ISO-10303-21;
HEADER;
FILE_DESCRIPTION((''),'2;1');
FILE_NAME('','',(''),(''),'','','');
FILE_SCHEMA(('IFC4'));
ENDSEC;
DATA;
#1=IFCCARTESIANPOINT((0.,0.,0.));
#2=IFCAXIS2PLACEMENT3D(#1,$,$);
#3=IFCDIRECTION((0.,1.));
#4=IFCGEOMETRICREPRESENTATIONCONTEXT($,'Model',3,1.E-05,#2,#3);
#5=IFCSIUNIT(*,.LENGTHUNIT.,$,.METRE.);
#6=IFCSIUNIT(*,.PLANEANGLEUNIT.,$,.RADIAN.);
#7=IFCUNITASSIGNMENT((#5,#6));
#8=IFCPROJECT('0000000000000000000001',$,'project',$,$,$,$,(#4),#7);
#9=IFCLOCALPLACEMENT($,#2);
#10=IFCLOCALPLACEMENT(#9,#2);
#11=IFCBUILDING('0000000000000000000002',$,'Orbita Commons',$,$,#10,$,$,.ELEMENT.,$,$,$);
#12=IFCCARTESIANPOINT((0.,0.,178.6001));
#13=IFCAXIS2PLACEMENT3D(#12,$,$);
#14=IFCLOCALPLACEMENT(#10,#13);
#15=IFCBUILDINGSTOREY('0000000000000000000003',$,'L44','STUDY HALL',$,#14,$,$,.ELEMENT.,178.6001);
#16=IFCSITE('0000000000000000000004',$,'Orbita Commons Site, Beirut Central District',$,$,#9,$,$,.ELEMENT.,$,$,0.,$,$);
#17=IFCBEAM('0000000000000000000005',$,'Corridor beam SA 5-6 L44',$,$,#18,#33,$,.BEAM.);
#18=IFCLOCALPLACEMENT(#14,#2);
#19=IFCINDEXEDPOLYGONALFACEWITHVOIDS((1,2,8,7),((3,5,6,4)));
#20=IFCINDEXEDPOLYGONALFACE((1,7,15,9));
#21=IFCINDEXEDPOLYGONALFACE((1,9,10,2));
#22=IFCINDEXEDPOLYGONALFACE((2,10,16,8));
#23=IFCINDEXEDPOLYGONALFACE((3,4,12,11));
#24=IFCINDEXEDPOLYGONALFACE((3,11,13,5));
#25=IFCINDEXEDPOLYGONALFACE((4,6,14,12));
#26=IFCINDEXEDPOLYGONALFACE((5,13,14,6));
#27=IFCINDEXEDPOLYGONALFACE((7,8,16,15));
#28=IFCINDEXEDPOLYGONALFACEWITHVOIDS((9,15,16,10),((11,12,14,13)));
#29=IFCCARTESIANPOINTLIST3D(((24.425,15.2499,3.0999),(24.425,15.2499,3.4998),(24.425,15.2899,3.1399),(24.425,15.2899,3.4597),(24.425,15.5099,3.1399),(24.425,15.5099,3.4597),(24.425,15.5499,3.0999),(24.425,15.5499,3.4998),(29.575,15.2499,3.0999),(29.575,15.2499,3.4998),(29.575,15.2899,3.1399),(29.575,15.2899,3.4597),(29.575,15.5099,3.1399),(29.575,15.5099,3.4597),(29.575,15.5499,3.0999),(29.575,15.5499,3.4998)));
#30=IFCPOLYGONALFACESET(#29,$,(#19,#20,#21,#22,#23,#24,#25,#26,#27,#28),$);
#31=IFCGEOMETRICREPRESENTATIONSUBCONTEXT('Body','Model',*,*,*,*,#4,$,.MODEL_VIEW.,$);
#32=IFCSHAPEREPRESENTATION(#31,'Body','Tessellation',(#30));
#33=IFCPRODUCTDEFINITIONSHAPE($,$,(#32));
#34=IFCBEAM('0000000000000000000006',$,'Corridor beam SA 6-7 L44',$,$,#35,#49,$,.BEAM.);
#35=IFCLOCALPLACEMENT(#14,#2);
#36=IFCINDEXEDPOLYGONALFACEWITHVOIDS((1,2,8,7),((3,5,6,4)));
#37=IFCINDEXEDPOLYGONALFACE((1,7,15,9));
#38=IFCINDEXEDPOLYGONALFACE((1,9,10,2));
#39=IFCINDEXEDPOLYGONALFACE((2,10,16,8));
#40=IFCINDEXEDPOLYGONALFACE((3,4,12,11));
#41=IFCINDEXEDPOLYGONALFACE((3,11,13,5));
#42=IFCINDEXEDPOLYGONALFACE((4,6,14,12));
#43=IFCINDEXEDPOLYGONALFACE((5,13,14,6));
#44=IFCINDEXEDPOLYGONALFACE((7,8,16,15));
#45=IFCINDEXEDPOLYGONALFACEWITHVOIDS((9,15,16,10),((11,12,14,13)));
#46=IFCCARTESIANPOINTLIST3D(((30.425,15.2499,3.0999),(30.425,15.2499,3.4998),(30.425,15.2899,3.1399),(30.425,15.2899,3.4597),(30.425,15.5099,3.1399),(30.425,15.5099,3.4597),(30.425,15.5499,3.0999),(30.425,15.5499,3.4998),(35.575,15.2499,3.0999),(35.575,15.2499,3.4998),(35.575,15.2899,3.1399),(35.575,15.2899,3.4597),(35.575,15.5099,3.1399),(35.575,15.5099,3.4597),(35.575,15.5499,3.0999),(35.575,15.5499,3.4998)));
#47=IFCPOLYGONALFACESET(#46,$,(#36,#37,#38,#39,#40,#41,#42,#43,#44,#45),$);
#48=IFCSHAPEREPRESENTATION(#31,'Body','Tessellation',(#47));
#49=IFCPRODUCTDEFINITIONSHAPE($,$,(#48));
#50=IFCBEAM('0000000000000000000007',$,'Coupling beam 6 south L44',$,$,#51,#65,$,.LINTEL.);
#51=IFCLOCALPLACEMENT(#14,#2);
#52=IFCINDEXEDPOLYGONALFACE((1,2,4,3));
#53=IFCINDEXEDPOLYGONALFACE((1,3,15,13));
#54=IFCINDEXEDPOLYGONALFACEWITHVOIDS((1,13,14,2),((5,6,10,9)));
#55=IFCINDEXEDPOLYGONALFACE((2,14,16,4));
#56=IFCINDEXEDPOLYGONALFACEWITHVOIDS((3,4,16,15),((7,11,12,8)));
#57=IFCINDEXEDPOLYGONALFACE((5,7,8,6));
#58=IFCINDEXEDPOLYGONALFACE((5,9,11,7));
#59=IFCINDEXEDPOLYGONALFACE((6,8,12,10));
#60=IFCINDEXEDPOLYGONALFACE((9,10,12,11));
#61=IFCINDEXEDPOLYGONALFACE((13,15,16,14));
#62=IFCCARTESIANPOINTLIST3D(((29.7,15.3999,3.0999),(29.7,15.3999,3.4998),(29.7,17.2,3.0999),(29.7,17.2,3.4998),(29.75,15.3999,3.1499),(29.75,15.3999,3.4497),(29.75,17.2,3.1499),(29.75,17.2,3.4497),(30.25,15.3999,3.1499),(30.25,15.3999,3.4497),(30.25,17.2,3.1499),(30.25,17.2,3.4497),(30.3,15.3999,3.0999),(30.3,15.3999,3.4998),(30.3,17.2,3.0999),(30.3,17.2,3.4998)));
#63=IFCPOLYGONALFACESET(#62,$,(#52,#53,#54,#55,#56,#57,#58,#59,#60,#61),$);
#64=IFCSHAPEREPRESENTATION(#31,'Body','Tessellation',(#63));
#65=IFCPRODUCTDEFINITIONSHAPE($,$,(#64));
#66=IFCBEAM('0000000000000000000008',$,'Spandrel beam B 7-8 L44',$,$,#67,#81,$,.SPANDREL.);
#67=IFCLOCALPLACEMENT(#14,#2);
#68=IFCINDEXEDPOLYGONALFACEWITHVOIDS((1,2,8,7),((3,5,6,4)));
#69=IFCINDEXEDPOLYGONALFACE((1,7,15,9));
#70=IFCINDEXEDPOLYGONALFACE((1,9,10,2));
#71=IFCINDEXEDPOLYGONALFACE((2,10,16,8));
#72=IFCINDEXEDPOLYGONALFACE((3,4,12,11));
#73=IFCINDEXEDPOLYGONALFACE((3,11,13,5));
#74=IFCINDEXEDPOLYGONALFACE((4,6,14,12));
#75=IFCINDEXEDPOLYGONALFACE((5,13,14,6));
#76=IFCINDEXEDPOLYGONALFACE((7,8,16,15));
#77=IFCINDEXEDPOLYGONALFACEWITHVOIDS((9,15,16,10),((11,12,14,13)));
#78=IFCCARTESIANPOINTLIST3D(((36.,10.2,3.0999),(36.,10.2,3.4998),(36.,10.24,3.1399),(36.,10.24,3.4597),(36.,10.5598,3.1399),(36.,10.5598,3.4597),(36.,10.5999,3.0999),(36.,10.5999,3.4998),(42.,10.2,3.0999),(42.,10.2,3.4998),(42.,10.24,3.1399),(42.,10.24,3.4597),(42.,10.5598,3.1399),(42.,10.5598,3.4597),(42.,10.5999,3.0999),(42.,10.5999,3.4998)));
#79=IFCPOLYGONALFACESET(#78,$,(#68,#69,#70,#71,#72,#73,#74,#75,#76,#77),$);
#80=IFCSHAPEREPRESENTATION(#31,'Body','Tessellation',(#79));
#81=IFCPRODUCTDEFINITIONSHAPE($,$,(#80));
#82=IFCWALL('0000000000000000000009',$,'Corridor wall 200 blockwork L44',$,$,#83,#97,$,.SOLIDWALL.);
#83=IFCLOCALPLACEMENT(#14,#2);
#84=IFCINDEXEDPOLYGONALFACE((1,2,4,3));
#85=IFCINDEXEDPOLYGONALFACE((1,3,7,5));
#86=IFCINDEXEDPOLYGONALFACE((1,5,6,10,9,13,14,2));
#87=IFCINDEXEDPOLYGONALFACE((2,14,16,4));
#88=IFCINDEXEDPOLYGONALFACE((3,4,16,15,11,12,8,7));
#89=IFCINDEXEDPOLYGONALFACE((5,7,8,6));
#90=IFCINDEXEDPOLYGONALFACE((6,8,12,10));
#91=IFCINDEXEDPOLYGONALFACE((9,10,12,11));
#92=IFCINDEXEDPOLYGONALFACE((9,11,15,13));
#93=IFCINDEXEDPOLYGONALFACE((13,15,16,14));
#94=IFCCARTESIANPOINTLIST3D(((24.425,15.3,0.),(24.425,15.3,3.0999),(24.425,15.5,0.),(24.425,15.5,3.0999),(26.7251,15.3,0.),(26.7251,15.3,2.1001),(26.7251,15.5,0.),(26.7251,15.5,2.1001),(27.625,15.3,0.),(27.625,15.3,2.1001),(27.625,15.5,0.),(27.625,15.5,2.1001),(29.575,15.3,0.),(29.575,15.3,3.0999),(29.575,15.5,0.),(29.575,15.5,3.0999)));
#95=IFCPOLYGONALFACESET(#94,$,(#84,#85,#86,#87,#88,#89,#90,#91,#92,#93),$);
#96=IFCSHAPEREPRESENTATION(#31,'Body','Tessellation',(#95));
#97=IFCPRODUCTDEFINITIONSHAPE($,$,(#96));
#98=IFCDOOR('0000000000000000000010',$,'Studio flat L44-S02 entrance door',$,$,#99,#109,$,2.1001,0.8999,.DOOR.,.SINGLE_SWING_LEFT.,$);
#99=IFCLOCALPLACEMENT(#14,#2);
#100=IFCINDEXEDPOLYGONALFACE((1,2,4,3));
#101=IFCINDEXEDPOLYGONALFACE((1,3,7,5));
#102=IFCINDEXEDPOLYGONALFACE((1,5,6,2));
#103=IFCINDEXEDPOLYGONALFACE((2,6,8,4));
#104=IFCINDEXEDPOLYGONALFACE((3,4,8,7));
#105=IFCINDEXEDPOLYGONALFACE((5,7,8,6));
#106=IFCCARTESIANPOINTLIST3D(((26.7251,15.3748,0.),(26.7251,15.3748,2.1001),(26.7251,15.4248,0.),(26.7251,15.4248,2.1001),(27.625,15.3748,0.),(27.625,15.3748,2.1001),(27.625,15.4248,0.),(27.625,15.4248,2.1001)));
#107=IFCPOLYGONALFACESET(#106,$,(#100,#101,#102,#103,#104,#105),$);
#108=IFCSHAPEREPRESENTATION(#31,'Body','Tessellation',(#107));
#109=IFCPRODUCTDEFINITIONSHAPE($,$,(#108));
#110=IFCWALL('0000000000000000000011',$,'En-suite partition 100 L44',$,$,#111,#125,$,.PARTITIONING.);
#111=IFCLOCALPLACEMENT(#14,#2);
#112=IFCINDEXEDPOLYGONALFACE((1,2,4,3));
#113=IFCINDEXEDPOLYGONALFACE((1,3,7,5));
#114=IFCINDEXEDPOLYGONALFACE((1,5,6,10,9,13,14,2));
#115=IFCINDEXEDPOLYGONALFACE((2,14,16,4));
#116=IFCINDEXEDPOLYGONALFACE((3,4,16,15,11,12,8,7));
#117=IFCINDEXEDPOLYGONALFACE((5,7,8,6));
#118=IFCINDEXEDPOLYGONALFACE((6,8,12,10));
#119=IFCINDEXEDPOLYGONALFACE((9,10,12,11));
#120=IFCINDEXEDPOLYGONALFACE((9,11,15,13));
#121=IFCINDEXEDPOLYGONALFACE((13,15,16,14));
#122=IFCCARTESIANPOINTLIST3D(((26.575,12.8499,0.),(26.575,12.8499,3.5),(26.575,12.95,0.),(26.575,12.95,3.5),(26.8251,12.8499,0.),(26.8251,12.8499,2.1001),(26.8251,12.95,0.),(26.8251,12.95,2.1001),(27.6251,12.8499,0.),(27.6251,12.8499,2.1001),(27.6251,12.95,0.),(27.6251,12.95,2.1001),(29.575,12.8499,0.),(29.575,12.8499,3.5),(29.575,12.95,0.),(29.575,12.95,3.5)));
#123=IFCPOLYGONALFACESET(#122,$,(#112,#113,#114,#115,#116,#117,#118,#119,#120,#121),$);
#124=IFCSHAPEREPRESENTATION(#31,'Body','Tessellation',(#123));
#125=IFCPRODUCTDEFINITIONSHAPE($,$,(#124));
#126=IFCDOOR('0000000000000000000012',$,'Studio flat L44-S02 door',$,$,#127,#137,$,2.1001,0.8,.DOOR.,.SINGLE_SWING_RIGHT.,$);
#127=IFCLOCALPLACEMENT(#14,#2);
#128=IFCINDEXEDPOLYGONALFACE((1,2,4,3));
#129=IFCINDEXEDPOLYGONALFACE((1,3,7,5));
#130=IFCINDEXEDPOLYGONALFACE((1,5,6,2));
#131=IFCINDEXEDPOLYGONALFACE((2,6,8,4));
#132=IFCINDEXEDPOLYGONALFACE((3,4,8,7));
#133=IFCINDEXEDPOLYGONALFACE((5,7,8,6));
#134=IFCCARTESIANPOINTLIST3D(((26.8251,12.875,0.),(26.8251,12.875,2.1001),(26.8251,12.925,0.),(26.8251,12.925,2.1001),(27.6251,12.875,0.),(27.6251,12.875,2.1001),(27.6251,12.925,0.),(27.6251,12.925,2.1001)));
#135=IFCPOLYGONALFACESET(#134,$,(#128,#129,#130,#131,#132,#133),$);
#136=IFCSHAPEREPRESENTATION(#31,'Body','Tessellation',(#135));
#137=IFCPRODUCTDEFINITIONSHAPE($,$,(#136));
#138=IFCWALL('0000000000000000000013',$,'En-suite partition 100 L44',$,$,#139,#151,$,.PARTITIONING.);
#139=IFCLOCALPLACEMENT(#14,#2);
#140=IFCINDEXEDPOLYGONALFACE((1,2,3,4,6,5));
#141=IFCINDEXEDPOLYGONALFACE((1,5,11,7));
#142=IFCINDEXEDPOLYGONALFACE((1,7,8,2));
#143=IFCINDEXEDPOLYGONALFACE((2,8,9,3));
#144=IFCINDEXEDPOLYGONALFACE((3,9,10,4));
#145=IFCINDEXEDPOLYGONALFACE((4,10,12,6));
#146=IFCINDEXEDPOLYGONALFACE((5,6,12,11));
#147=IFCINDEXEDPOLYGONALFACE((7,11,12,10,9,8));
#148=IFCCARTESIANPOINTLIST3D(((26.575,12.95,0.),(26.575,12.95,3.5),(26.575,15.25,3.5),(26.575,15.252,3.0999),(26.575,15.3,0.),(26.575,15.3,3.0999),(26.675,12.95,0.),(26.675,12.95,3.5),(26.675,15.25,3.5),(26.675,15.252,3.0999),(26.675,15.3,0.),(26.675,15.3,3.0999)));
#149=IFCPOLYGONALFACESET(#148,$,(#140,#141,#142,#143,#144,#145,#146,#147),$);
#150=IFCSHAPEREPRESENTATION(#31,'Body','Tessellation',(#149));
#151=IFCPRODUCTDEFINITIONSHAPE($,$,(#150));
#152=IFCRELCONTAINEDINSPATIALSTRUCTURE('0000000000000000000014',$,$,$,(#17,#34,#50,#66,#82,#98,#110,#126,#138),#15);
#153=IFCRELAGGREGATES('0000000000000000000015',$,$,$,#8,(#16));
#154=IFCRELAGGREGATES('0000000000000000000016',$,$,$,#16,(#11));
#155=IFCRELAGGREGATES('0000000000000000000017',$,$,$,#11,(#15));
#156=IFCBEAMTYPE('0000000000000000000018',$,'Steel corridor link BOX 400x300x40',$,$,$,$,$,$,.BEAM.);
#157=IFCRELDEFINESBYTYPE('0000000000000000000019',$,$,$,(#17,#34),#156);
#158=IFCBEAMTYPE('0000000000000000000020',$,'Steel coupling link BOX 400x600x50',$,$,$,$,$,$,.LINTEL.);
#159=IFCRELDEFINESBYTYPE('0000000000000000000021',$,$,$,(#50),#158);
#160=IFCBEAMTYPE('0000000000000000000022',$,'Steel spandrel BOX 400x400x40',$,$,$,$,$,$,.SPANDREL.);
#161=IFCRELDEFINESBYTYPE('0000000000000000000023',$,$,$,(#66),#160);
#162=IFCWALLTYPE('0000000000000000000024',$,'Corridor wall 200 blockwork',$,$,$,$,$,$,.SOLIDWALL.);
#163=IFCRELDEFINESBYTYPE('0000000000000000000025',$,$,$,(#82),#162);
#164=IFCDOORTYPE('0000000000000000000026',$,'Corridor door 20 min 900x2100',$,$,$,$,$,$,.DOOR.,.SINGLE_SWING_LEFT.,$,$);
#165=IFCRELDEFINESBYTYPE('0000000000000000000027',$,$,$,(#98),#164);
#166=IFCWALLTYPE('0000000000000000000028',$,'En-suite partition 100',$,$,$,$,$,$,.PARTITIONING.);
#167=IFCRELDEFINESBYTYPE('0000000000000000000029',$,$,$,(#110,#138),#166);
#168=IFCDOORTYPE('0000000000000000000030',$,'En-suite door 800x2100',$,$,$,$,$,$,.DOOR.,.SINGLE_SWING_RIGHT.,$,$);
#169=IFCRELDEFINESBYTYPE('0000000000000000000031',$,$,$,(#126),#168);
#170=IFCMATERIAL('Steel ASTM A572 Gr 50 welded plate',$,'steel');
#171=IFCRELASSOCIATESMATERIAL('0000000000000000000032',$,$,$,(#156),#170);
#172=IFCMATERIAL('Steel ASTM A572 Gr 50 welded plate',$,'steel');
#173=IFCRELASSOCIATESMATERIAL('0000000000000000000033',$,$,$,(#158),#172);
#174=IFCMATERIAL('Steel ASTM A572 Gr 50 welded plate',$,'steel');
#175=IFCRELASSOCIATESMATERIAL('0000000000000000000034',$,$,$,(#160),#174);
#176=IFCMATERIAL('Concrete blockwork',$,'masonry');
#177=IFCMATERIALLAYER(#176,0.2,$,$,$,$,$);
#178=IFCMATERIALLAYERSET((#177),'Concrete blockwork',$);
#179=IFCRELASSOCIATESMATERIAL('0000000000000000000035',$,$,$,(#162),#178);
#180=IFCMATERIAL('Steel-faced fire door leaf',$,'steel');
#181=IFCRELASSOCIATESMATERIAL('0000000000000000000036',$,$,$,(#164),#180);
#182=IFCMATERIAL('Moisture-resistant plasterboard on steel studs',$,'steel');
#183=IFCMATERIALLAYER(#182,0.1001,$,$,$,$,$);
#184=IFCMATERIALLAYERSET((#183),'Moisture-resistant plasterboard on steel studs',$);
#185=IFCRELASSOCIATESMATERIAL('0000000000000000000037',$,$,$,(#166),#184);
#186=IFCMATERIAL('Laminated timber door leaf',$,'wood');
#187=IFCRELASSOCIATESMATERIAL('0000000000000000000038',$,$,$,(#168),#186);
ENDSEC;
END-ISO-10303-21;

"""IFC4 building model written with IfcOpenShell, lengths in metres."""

from ifc_helpers import new_model, si_unit, direction, frame, frame_2d, origin, origin_2d, place, context, subcontext, project, spatial, polyline, rectangle, hollow_rectangle, outline, extrude, material, layer, layer_set, material_profile, profile_set, type_object, element, fill, save


model = new_model("IFC4")

# Units and contexts
model_context = context("Model", 3, precision=1e-05, world=origin(), true_north=direction((0.0, 1.0)))
body_context = subcontext(model_context, "Body", "Model", "MODEL_VIEW")
ifc_project = project(units=[si_unit("LENGTHUNIT", "METRE"), si_unit("PLANEANGLEUNIT", "RADIAN")], contexts=[model_context])

# Site, building, storey
site_placement = place(None, origin())
site = spatial("IfcSite", under=ifc_project, at=site_placement, Name="Orbita Commons Site, Beirut Central District", CompositionType="ELEMENT", RefElevation=0.0)
building_placement = place(site_placement, origin())
building = spatial("IfcBuilding", under=site, at=building_placement, Name="Orbita Commons", CompositionType="ELEMENT")
storey_placement = place(building_placement, frame((0.0, 0.0, 178.6001)))
storey = spatial("IfcBuildingStorey", under=building, at=storey_placement, Name="L44", Description="STUDY HALL", CompositionType="ELEMENT", Elevation=178.6001)

# Beams
ifc_material_1 = material(Name="Steel ASTM A572 Gr 50 welded plate", Category="steel")
ifc_material_profile_1 = material_profile(ifc_material_1, hollow_rectangle(XDim=0.3, YDim=0.3999, WallThickness=0.04, at=origin_2d()), Name="BOX 400x300x40")
ifc_profile_set_1 = profile_set([ifc_material_profile_1], Name="Steel ASTM A572 Gr 50 welded plate")
beam_type_1 = type_object("IfcBeamType", Name="Steel corridor link BOX 400x300x40", PredefinedType="BEAM", material=ifc_profile_set_1)
for number, where, z_axis, x_axis, name in (
    (1, (24.425, 15.3999, 3.2998), (1.0, 0.0, 0.0), (0.0, 1.0, 0.0), "Corridor beam SA 5-6 L44"),
    (2, (30.425, 15.3999, 3.2998), (1.0, 0.0, 0.0), (0.0, 1.0, 0.0), "Corridor beam SA 6-7 L44"),
):
    element("IfcBeam", number, at=place(storey_placement, frame(where, z_axis=z_axis, x_axis=x_axis)), inside=storey, type_object=beam_type_1, Name=name, PredefinedType="BEAM", context=body_context, shape_type="SweptSolid", body=[
        extrude(hollow_rectangle(XDim=0.3, YDim=0.3999, WallThickness=0.04, at=origin_2d()), origin(), (0.0, 0.0, 1.0), 5.1499),
    ])
ifc_material_2 = material(Name="Steel ASTM A572 Gr 50 welded plate", Category="steel")
ifc_material_profile_2 = material_profile(ifc_material_2, hollow_rectangle(XDim=0.6001, YDim=0.3999, WallThickness=0.05, at=origin_2d()), Name="BOX 400x600x50")
ifc_profile_set_2 = profile_set([ifc_material_profile_2], Name="Steel ASTM A572 Gr 50 welded plate")
beam_type_2 = type_object("IfcBeamType", Name="Steel coupling link BOX 400x600x50", PredefinedType="LINTEL", material=ifc_profile_set_2)
beam_1_placement = place(storey_placement, frame((30.0, 15.3999, 3.2998), z_axis=(0.0, 1.0, 0.0), x_axis=(-1.0, 0.0, 0.0)))
element("IfcBeam", 3, at=beam_1_placement, inside=storey, type_object=beam_type_2, Name="Coupling beam 6 south L44", PredefinedType="LINTEL", context=body_context, shape_type="SweptSolid", body=[
    extrude(hollow_rectangle(XDim=0.6001, YDim=0.3999, WallThickness=0.05, at=origin_2d()), origin(), (0.0, 0.0, 1.0), 1.8),
])
ifc_material_3 = material(Name="Steel ASTM A572 Gr 50 welded plate", Category="steel")
ifc_material_profile_3 = material_profile(ifc_material_3, hollow_rectangle(XDim=0.3999, YDim=0.3999, WallThickness=0.04, at=origin_2d()), Name="BOX 400x400x40")
ifc_profile_set_3 = profile_set([ifc_material_profile_3], Name="Steel ASTM A572 Gr 50 welded plate")
beam_type_3 = type_object("IfcBeamType", Name="Steel spandrel BOX 400x400x40", PredefinedType="SPANDREL", material=ifc_profile_set_3)
beam_2_placement = place(storey_placement, frame((36.0, 10.3999, 3.2998), z_axis=(1.0, 0.0, 0.0), x_axis=(0.0, 1.0, 0.0)))
element("IfcBeam", 4, at=beam_2_placement, inside=storey, type_object=beam_type_3, Name="Spandrel beam B 7-8 L44", PredefinedType="SPANDREL", context=body_context, shape_type="SweptSolid", body=[
    extrude(hollow_rectangle(XDim=0.3999, YDim=0.3999, WallThickness=0.04, at=origin_2d()), origin(), (0.0, 0.0, 1.0), 6.0),
])

# Walls, openings, doors
ifc_material_4 = material(Name="Concrete blockwork", Category="masonry")
ifc_layer_1 = layer(ifc_material_4, 0.2)
ifc_layer_set_1 = layer_set([ifc_layer_1], Name="Concrete blockwork")
wall_type_1 = type_object("IfcWallType", Name="Corridor wall 200 blockwork", PredefinedType="SOLIDWALL", material=ifc_layer_set_1)
wall_1_placement = place(storey_placement, frame((24.425, 15.3999, 0.0), z_axis=(0.0, 0.0, 1.0), x_axis=(1.0, 0.0, 0.0)))
wall_1 = element("IfcWall", 5, at=wall_1_placement, inside=storey, type_object=wall_type_1, Name="Corridor wall 200 blockwork L44", PredefinedType="SOLIDWALL", context=body_context, shape_type="SweptSolid", body=[
    extrude(outline(polyline([(0.0, 0.0), (5.1499, 0.0), (5.1499, 3.0999), (0.0, 3.0999), (0.0, 0.0)])), frame((0.0, 0.1001, 0.0), z_axis=(0.0, -1.0, 0.0), x_axis=(1.0, 0.0, 0.0)), (0.0, 0.0, 1.0), 0.2),
])
opening_1_placement = place(wall_1_placement, frame((2.3, 0.0, 0.0)))
opening_1 = element("IfcOpeningElement", 6, at=opening_1_placement, cuts=wall_1, PredefinedType="OPENING", context=body_context, shape_type="SweptSolid", body=[
    extrude(rectangle(XDim=0.8999, YDim=2.1001, at=frame_2d((0.45, 1.05))), frame((0.0, 0.1099, 0.0), z_axis=(0.0, -1.0, 0.0), x_axis=(1.0, 0.0, 0.0)), (0.0, 0.0, 1.0), 0.22),
])
ifc_material_5 = material(Name="Steel-faced fire door leaf", Category="steel")
door_type_1 = type_object("IfcDoorType", Name="Corridor door 20 min 900x2100", OperationType="SINGLE_SWING_LEFT", PredefinedType="DOOR", material=ifc_material_5)
door_1_placement = place(opening_1_placement, origin())
door_1 = element("IfcDoor", 7, at=door_1_placement, inside=storey, type_object=door_type_1, Name="Studio flat L44-S02 entrance door", OperationType="SINGLE_SWING_LEFT", OverallHeight=2.1001, OverallWidth=0.8999, PredefinedType="DOOR", context=body_context, shape_type="SweptSolid", body=[
    extrude(rectangle(XDim=0.8999, YDim=2.1001, at=frame_2d((0.45, 1.05))), frame((0.0, 0.0249, 0.0), z_axis=(0.0, -1.0, 0.0), x_axis=(1.0, 0.0, 0.0)), (0.0, 0.0, 1.0), 0.05),
])
fill(opening_1, door_1)
ifc_material_6 = material(Name="Moisture-resistant plasterboard on steel studs", Category="steel")
ifc_layer_2 = layer(ifc_material_6, 0.1001)
ifc_layer_set_2 = layer_set([ifc_layer_2], Name="Moisture-resistant plasterboard on steel studs")
wall_type_2 = type_object("IfcWallType", Name="En-suite partition 100", PredefinedType="PARTITIONING", material=ifc_layer_set_2)
wall_2_placement = place(storey_placement, frame((29.575, 12.8999, 0.0), z_axis=(0.0, 0.0, 1.0), x_axis=(-1.0, 0.0, 0.0)))
wall_2 = element("IfcWall", 8, at=wall_2_placement, inside=storey, type_object=wall_type_2, Name="En-suite partition 100 L44", PredefinedType="PARTITIONING", context=body_context, shape_type="SweptSolid", body=[
    extrude(rectangle(XDim=3.0, YDim=0.1001, at=frame_2d((1.5, 0.0))), origin(), (0.0, 0.0, 1.0), 3.5),
])
opening_2_placement = place(wall_2_placement, frame((1.95, 0.0, 0.0)))
opening_2 = element("IfcOpeningElement", 9, at=opening_2_placement, cuts=wall_2, PredefinedType="OPENING", context=body_context, shape_type="SweptSolid", body=[
    extrude(rectangle(XDim=0.8, YDim=2.1001, at=frame_2d((0.3999, 1.05))), frame((0.0, 0.0601, 0.0), z_axis=(0.0, -1.0, 0.0), x_axis=(1.0, 0.0, 0.0)), (0.0, 0.0, 1.0), 0.1201),
])
ifc_material_7 = material(Name="Laminated timber door leaf", Category="wood")
door_type_2 = type_object("IfcDoorType", Name="En-suite door 800x2100", OperationType="SINGLE_SWING_RIGHT", PredefinedType="DOOR", material=ifc_material_7)
door_2_placement = place(opening_2_placement, origin())
door_2 = element("IfcDoor", 10, at=door_2_placement, inside=storey, type_object=door_type_2, Name="Studio flat L44-S02 door", OperationType="SINGLE_SWING_RIGHT", OverallHeight=2.1001, OverallWidth=0.8, PredefinedType="DOOR", context=body_context, shape_type="SweptSolid", body=[
    extrude(rectangle(XDim=0.8, YDim=2.1001, at=frame_2d((0.3999, 1.05))), frame((0.0, 0.0249, 0.0), z_axis=(0.0, -1.0, 0.0), x_axis=(1.0, 0.0, 0.0)), (0.0, 0.0, 1.0), 0.05),
])
fill(opening_2, door_2)

# Wall
wall_3_placement = place(storey_placement, frame((26.625, 12.95, 0.0), z_axis=(0.0, 0.0, 1.0), x_axis=(0.0, 1.0, 0.0)))
element("IfcWall", 11, at=wall_3_placement, inside=storey, type_object=wall_type_2, Name="En-suite partition 100 L44", PredefinedType="PARTITIONING", context=body_context, shape_type="SweptSolid", body=[
    extrude(outline(polyline([(0.0, 0.0), (2.3501, 0.0), (2.3501, 3.0999), (2.302, 3.0999), (2.3, 3.5), (0.0, 3.5), (0.0, 0.0)])), frame((0.0, 0.05, 0.0), z_axis=(0.0, -1.0, 0.0), x_axis=(1.0, 0.0, 0.0)), (0.0, 0.0, 1.0), 0.1001),
])

save(model, "model.ifc")
